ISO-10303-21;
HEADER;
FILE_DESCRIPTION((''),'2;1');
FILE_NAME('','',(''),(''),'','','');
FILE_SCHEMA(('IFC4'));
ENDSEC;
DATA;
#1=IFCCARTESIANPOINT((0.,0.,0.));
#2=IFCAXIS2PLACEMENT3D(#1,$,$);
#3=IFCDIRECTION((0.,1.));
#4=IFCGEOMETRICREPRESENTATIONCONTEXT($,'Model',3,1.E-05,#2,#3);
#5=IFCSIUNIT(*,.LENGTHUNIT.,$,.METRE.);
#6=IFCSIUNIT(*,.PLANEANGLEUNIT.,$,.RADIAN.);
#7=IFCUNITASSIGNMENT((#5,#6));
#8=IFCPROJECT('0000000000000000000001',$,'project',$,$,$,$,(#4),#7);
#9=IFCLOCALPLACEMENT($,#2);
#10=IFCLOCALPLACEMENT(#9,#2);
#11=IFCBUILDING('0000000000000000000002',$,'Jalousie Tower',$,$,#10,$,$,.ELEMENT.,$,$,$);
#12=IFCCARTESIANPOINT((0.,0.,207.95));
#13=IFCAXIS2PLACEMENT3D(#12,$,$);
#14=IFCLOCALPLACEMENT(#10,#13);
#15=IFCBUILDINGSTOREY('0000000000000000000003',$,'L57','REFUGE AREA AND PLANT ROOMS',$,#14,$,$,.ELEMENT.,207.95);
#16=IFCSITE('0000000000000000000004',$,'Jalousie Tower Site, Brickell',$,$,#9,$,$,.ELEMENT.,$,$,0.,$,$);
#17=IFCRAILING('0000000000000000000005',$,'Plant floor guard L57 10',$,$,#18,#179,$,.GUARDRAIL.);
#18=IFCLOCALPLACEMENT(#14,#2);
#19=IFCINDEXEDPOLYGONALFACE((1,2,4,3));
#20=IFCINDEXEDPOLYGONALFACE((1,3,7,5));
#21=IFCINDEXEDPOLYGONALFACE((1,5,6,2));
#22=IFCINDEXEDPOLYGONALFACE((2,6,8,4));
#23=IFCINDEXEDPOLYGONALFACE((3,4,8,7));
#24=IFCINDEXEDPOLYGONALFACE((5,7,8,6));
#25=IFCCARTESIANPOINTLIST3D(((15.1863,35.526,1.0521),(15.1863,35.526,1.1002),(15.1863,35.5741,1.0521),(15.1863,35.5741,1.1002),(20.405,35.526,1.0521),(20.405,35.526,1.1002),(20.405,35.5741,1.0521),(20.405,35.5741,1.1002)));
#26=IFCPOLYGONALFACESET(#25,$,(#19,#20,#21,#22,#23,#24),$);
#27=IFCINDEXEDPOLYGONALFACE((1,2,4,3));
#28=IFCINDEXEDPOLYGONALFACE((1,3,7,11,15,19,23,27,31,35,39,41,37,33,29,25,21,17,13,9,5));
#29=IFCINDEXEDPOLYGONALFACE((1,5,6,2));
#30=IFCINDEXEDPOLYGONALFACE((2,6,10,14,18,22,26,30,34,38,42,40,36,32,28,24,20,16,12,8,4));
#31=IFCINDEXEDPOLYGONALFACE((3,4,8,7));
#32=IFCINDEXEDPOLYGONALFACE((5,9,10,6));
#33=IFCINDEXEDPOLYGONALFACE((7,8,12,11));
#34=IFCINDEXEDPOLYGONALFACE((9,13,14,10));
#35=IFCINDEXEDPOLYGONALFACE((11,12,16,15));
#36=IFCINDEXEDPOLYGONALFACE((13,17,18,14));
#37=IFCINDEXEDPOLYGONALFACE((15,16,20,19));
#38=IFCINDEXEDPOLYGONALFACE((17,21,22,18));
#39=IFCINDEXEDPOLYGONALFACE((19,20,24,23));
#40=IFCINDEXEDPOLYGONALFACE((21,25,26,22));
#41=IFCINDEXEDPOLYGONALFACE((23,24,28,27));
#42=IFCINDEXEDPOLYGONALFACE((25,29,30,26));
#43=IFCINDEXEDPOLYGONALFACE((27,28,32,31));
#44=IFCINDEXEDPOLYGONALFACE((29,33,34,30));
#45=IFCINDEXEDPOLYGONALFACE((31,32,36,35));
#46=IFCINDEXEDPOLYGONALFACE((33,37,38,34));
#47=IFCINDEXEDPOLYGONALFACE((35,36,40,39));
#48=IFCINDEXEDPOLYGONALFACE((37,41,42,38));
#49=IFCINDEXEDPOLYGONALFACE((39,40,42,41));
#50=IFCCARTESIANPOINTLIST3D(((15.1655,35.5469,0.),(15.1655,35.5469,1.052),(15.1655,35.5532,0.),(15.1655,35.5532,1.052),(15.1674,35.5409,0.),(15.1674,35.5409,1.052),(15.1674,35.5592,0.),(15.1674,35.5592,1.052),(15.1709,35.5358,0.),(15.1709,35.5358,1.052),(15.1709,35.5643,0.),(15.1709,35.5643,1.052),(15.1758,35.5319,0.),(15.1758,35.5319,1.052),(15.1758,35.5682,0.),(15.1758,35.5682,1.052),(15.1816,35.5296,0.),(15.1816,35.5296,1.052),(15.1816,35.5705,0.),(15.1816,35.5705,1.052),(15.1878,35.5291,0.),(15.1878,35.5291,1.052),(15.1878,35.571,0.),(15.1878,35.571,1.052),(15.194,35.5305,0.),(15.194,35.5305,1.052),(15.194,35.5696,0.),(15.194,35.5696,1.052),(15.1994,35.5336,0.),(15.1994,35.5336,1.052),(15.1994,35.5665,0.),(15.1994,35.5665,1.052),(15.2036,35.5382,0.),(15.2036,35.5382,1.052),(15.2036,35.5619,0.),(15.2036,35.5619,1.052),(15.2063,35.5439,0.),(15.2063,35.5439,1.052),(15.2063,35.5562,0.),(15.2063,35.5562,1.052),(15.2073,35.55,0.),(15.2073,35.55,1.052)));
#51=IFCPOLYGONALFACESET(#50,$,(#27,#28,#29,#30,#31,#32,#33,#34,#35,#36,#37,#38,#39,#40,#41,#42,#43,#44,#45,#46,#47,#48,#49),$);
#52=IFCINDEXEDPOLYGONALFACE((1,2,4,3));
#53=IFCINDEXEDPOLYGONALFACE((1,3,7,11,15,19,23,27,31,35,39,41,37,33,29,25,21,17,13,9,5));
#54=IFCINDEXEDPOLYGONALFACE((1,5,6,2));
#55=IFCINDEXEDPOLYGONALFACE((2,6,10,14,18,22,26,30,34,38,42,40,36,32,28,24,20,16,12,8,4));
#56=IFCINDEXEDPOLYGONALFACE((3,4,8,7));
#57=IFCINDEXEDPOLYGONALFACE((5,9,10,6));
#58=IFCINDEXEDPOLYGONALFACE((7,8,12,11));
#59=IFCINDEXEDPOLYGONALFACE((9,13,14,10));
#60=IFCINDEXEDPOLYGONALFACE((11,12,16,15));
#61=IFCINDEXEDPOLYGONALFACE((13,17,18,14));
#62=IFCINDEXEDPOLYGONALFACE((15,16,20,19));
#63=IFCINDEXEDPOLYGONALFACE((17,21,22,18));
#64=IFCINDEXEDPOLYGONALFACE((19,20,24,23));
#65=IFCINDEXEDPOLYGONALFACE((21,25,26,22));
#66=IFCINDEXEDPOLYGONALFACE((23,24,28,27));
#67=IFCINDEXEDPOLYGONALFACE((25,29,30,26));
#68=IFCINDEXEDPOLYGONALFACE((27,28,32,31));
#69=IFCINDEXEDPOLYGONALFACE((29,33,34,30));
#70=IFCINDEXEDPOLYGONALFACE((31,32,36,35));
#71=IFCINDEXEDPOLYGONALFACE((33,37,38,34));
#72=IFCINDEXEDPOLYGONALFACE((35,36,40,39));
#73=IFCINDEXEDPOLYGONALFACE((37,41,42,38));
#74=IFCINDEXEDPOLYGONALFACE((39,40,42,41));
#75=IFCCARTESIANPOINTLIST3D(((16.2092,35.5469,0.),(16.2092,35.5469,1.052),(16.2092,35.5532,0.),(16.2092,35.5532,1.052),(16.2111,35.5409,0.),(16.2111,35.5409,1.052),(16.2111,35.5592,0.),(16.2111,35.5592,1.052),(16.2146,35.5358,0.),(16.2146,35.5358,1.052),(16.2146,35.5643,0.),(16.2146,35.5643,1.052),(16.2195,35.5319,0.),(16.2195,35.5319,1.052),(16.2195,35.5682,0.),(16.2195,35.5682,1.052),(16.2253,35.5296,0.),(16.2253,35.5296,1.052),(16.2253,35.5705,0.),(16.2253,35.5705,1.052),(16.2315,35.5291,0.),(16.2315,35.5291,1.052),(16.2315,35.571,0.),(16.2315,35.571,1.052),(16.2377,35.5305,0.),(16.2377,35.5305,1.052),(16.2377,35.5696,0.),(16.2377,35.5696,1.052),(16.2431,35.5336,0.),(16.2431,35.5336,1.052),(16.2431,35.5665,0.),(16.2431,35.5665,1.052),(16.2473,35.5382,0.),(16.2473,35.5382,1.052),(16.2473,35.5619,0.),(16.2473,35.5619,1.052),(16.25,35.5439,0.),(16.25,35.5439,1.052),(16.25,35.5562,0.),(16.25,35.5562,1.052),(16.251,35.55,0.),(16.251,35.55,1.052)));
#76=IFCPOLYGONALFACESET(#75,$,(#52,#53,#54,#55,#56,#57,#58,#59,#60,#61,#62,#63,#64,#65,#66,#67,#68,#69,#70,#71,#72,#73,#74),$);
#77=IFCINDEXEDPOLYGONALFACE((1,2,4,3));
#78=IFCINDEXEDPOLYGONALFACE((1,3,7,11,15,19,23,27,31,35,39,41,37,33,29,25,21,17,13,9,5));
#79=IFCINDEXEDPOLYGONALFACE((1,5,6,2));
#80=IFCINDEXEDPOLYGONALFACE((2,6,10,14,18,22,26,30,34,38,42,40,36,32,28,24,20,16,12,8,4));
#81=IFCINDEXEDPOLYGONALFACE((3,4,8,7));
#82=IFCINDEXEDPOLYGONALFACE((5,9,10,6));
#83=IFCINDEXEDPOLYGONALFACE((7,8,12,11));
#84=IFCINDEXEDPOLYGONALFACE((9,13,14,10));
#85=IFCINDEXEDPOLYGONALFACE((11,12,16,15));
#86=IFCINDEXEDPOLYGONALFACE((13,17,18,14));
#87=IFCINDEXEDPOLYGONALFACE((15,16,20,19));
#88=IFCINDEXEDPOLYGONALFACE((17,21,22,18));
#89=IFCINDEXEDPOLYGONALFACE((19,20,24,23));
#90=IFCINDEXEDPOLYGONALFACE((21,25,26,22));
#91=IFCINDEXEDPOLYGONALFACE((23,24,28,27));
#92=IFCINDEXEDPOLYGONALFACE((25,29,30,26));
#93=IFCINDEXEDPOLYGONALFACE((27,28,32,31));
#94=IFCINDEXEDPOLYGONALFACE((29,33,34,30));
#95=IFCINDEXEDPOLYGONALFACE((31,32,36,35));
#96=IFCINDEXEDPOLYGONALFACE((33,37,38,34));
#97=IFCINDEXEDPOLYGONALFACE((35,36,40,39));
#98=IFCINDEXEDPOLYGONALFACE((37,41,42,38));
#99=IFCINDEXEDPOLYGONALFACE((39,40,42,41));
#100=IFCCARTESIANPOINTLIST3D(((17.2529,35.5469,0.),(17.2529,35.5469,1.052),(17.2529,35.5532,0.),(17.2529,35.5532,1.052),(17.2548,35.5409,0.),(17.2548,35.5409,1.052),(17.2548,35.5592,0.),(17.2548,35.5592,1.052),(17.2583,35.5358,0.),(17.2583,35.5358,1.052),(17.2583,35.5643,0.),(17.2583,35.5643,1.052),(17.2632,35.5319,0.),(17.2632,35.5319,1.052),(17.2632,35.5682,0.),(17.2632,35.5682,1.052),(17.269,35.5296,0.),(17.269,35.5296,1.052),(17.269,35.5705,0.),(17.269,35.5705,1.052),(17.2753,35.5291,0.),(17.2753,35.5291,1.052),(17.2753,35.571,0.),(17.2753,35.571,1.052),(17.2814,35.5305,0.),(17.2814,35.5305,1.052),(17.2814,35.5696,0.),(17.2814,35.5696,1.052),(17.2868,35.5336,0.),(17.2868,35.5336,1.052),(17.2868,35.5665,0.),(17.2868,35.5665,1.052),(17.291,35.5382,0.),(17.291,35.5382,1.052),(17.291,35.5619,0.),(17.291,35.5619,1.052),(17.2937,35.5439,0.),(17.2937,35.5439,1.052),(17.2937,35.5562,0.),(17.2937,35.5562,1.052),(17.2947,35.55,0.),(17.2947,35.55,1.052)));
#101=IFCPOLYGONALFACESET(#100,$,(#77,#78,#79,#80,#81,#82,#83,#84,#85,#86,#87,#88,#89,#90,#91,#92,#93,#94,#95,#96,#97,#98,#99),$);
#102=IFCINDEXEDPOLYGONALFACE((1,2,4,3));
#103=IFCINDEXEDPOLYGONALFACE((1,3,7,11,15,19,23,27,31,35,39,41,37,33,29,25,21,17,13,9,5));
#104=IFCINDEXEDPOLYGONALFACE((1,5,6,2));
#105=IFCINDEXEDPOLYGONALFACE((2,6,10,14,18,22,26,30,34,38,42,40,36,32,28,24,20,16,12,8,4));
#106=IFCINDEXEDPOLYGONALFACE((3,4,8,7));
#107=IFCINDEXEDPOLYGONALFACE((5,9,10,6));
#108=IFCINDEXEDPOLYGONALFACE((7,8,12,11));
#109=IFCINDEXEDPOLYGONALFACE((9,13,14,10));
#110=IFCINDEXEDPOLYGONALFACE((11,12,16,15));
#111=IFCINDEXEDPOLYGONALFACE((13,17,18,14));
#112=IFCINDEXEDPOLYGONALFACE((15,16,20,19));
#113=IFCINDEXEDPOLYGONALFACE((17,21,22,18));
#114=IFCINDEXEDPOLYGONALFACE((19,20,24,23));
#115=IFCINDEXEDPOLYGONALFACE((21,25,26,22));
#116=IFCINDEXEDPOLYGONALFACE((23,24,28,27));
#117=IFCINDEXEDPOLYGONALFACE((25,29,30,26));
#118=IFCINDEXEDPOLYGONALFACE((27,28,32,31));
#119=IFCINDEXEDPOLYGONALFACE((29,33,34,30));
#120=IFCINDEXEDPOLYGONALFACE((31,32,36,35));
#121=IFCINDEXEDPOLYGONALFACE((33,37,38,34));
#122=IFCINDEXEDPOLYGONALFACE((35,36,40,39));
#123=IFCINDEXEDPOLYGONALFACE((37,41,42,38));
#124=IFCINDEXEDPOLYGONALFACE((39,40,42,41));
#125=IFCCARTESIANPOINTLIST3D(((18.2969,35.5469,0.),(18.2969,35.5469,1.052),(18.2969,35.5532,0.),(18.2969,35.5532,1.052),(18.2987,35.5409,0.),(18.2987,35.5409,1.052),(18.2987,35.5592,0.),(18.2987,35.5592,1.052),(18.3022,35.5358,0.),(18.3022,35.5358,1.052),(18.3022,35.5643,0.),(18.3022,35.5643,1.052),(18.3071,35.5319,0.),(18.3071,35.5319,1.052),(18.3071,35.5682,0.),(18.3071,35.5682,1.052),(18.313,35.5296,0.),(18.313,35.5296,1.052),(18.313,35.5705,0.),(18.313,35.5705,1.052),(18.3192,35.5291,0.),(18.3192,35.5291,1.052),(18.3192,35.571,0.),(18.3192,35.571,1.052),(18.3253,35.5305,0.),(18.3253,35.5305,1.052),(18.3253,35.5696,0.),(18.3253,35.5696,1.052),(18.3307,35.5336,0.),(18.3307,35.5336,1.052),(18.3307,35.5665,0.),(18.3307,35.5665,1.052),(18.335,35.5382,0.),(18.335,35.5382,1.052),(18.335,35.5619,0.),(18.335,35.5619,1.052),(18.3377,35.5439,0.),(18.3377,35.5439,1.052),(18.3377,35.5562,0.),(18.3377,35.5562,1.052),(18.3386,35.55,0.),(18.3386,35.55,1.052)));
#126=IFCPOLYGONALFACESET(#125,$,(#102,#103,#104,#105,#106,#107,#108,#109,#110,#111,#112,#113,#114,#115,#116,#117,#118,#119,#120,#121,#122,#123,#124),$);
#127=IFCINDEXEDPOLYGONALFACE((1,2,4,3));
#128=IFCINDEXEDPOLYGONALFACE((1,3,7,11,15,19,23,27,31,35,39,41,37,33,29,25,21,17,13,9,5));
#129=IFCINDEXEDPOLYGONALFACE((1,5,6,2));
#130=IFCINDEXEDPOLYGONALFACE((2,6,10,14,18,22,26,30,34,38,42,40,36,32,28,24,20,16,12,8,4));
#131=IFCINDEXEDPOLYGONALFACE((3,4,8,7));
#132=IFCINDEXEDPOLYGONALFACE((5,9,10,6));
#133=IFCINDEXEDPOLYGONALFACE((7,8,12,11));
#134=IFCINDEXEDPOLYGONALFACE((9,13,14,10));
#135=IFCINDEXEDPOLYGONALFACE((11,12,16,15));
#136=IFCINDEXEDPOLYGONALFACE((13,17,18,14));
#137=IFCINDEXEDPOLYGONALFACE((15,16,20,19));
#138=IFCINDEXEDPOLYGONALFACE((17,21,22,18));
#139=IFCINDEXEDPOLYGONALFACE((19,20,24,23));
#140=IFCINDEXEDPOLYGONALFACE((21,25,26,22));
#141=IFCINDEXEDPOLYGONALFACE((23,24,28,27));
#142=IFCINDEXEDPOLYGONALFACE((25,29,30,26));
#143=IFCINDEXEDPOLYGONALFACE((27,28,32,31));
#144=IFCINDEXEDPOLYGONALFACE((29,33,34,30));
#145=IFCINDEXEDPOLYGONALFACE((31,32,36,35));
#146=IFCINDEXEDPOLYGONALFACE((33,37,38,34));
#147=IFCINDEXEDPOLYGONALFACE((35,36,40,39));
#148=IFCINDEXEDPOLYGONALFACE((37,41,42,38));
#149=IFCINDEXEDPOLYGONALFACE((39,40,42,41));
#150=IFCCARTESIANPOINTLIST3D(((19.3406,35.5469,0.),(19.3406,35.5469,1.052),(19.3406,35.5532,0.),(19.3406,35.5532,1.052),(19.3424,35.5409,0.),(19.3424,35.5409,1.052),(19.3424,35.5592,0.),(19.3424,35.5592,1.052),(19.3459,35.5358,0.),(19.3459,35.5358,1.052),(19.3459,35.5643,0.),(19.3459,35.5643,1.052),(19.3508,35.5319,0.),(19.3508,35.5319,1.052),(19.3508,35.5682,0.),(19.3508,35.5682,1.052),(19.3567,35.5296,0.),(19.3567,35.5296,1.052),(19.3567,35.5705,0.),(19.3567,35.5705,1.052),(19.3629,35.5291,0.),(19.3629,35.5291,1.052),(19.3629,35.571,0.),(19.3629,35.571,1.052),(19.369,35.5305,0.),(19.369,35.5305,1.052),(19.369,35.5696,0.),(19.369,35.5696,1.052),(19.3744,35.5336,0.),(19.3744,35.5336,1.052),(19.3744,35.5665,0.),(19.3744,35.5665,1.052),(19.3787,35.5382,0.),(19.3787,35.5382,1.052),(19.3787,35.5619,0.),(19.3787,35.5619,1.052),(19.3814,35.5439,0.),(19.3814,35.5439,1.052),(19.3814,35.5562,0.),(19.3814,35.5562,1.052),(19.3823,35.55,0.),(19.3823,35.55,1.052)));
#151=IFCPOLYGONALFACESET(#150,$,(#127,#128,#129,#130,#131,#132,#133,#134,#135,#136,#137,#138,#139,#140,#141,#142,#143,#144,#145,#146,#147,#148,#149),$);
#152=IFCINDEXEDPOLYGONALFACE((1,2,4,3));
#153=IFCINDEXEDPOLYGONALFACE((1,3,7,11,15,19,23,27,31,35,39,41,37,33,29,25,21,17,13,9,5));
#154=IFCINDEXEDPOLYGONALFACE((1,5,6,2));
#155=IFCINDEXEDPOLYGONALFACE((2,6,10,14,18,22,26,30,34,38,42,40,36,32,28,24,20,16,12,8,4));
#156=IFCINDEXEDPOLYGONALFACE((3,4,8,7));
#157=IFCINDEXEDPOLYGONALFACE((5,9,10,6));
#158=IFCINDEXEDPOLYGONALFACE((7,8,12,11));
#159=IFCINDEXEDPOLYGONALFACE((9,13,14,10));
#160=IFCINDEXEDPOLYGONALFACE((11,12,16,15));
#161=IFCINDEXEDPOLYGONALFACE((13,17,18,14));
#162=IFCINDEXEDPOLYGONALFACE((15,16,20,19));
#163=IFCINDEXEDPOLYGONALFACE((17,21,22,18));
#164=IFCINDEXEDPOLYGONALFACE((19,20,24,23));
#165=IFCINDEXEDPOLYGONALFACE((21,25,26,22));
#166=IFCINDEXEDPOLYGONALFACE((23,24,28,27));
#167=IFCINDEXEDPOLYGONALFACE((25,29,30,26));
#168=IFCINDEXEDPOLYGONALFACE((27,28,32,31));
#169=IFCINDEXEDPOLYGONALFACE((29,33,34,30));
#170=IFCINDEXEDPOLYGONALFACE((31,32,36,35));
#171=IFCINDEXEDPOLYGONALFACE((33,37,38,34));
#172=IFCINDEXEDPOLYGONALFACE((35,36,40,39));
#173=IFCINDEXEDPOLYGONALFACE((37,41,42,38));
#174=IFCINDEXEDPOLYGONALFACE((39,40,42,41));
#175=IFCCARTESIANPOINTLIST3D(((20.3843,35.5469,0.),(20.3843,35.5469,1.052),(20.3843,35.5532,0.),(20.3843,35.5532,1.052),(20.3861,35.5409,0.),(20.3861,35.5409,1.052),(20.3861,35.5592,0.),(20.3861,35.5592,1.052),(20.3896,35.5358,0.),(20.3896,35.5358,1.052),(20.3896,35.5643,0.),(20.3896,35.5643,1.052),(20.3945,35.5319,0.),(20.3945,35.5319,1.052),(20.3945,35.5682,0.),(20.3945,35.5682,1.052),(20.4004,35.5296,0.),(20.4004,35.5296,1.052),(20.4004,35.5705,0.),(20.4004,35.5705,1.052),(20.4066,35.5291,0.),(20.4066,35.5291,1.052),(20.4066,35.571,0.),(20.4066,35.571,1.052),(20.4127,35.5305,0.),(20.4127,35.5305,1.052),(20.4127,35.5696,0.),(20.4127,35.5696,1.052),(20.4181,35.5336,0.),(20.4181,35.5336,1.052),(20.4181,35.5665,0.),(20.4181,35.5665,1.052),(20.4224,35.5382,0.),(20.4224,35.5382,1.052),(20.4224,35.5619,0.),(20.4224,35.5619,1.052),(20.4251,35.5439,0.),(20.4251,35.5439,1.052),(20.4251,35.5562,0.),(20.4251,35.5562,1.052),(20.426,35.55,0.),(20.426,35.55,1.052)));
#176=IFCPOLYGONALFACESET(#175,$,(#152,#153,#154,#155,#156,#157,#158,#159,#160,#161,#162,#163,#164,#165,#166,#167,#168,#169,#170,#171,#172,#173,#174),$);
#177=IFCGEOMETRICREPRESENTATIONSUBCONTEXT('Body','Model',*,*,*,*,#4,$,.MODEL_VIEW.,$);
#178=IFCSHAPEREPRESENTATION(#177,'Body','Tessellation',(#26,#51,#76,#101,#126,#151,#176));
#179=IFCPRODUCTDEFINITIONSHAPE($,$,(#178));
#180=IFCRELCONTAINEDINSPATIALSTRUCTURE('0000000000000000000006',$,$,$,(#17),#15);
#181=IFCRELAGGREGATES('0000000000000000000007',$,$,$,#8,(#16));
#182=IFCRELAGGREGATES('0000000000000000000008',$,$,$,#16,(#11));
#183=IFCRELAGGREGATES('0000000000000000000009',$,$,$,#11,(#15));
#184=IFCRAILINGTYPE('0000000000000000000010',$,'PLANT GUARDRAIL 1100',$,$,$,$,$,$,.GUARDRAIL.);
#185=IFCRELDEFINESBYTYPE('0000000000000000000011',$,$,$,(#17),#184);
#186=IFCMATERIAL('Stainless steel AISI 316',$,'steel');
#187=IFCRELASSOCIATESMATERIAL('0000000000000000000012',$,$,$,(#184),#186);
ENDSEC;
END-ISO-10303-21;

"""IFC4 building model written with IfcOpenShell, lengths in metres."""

from ifc_helpers import new_model, si_unit, direction, frame, origin, origin_2d, place, context, subcontext, project, spatial, rectangle, circle, extrude, material, type_object, element, save


model = new_model("IFC4")

# Units and contexts
model_context = context("Model", 3, precision=1e-05, world=origin(), true_north=direction((0.0, 1.0)))
body_context = subcontext(model_context, "Body", "Model", "MODEL_VIEW")
ifc_project = project(units=[si_unit("LENGTHUNIT", "METRE"), si_unit("PLANEANGLEUNIT", "RADIAN")], contexts=[model_context])

# Site, building, storey
site_placement = place(None, origin())
site = spatial("IfcSite", under=ifc_project, at=site_placement, Name="Jalousie Tower Site, Brickell", CompositionType="ELEMENT", RefElevation=0.0)
building_placement = place(site_placement, origin())
building = spatial("IfcBuilding", under=site, at=building_placement, Name="Jalousie Tower", CompositionType="ELEMENT")
storey_placement = place(building_placement, frame((0.0, 0.0, 207.95)))
storey = spatial("IfcBuildingStorey", under=building, at=storey_placement, Name="L57", Description="REFUGE AREA AND PLANT ROOMS", CompositionType="ELEMENT", Elevation=207.95)

# Railing
ifc_material_1 = material(Name="Stainless steel AISI 316", Category="steel")
railing_type = type_object("IfcRailingType", Name="PLANT GUARDRAIL 1100", PredefinedType="GUARDRAIL", material=ifc_material_1)
railing_1_placement = place(storey_placement, frame((15.1863, 35.55, 0.0)))
element("IfcRailing", 1, at=railing_1_placement, inside=storey, type_object=railing_type, Name="Plant floor guard L57 10", PredefinedType="GUARDRAIL", context=body_context, shape_type="SweptSolid", body=[
    extrude(rectangle(XDim=0.0481, YDim=0.0481, at=origin_2d()), frame((0.0, 0.0, 1.0762), z_axis=(1.0, 0.0, 0.0), x_axis=(0.0, 1.0, 0.0)), (0.0, 0.0, 1.0), 5.2188),
    extrude(circle(Radius=0.021, at=origin_2d()), origin(), (0.0, 0.0, 1.0), 1.052),
    extrude(circle(Radius=0.021, at=origin_2d()), frame((1.0437, 0.0, 0.0)), (0.0, 0.0, 1.0), 1.052),
    extrude(circle(Radius=0.021, at=origin_2d()), frame((2.0874, 0.0, 0.0)), (0.0, 0.0, 1.0), 1.052),
    extrude(circle(Radius=0.021, at=origin_2d()), frame((3.1313, 0.0, 0.0)), (0.0, 0.0, 1.0), 1.052),
    extrude(circle(Radius=0.021, at=origin_2d()), frame((4.175, 0.0, 0.0)), (0.0, 0.0, 1.0), 1.052),
    extrude(circle(Radius=0.021, at=origin_2d()), frame((5.2188, 0.0, 0.0)), (0.0, 0.0, 1.0), 1.052),
])

save(model, "model.ifc")
